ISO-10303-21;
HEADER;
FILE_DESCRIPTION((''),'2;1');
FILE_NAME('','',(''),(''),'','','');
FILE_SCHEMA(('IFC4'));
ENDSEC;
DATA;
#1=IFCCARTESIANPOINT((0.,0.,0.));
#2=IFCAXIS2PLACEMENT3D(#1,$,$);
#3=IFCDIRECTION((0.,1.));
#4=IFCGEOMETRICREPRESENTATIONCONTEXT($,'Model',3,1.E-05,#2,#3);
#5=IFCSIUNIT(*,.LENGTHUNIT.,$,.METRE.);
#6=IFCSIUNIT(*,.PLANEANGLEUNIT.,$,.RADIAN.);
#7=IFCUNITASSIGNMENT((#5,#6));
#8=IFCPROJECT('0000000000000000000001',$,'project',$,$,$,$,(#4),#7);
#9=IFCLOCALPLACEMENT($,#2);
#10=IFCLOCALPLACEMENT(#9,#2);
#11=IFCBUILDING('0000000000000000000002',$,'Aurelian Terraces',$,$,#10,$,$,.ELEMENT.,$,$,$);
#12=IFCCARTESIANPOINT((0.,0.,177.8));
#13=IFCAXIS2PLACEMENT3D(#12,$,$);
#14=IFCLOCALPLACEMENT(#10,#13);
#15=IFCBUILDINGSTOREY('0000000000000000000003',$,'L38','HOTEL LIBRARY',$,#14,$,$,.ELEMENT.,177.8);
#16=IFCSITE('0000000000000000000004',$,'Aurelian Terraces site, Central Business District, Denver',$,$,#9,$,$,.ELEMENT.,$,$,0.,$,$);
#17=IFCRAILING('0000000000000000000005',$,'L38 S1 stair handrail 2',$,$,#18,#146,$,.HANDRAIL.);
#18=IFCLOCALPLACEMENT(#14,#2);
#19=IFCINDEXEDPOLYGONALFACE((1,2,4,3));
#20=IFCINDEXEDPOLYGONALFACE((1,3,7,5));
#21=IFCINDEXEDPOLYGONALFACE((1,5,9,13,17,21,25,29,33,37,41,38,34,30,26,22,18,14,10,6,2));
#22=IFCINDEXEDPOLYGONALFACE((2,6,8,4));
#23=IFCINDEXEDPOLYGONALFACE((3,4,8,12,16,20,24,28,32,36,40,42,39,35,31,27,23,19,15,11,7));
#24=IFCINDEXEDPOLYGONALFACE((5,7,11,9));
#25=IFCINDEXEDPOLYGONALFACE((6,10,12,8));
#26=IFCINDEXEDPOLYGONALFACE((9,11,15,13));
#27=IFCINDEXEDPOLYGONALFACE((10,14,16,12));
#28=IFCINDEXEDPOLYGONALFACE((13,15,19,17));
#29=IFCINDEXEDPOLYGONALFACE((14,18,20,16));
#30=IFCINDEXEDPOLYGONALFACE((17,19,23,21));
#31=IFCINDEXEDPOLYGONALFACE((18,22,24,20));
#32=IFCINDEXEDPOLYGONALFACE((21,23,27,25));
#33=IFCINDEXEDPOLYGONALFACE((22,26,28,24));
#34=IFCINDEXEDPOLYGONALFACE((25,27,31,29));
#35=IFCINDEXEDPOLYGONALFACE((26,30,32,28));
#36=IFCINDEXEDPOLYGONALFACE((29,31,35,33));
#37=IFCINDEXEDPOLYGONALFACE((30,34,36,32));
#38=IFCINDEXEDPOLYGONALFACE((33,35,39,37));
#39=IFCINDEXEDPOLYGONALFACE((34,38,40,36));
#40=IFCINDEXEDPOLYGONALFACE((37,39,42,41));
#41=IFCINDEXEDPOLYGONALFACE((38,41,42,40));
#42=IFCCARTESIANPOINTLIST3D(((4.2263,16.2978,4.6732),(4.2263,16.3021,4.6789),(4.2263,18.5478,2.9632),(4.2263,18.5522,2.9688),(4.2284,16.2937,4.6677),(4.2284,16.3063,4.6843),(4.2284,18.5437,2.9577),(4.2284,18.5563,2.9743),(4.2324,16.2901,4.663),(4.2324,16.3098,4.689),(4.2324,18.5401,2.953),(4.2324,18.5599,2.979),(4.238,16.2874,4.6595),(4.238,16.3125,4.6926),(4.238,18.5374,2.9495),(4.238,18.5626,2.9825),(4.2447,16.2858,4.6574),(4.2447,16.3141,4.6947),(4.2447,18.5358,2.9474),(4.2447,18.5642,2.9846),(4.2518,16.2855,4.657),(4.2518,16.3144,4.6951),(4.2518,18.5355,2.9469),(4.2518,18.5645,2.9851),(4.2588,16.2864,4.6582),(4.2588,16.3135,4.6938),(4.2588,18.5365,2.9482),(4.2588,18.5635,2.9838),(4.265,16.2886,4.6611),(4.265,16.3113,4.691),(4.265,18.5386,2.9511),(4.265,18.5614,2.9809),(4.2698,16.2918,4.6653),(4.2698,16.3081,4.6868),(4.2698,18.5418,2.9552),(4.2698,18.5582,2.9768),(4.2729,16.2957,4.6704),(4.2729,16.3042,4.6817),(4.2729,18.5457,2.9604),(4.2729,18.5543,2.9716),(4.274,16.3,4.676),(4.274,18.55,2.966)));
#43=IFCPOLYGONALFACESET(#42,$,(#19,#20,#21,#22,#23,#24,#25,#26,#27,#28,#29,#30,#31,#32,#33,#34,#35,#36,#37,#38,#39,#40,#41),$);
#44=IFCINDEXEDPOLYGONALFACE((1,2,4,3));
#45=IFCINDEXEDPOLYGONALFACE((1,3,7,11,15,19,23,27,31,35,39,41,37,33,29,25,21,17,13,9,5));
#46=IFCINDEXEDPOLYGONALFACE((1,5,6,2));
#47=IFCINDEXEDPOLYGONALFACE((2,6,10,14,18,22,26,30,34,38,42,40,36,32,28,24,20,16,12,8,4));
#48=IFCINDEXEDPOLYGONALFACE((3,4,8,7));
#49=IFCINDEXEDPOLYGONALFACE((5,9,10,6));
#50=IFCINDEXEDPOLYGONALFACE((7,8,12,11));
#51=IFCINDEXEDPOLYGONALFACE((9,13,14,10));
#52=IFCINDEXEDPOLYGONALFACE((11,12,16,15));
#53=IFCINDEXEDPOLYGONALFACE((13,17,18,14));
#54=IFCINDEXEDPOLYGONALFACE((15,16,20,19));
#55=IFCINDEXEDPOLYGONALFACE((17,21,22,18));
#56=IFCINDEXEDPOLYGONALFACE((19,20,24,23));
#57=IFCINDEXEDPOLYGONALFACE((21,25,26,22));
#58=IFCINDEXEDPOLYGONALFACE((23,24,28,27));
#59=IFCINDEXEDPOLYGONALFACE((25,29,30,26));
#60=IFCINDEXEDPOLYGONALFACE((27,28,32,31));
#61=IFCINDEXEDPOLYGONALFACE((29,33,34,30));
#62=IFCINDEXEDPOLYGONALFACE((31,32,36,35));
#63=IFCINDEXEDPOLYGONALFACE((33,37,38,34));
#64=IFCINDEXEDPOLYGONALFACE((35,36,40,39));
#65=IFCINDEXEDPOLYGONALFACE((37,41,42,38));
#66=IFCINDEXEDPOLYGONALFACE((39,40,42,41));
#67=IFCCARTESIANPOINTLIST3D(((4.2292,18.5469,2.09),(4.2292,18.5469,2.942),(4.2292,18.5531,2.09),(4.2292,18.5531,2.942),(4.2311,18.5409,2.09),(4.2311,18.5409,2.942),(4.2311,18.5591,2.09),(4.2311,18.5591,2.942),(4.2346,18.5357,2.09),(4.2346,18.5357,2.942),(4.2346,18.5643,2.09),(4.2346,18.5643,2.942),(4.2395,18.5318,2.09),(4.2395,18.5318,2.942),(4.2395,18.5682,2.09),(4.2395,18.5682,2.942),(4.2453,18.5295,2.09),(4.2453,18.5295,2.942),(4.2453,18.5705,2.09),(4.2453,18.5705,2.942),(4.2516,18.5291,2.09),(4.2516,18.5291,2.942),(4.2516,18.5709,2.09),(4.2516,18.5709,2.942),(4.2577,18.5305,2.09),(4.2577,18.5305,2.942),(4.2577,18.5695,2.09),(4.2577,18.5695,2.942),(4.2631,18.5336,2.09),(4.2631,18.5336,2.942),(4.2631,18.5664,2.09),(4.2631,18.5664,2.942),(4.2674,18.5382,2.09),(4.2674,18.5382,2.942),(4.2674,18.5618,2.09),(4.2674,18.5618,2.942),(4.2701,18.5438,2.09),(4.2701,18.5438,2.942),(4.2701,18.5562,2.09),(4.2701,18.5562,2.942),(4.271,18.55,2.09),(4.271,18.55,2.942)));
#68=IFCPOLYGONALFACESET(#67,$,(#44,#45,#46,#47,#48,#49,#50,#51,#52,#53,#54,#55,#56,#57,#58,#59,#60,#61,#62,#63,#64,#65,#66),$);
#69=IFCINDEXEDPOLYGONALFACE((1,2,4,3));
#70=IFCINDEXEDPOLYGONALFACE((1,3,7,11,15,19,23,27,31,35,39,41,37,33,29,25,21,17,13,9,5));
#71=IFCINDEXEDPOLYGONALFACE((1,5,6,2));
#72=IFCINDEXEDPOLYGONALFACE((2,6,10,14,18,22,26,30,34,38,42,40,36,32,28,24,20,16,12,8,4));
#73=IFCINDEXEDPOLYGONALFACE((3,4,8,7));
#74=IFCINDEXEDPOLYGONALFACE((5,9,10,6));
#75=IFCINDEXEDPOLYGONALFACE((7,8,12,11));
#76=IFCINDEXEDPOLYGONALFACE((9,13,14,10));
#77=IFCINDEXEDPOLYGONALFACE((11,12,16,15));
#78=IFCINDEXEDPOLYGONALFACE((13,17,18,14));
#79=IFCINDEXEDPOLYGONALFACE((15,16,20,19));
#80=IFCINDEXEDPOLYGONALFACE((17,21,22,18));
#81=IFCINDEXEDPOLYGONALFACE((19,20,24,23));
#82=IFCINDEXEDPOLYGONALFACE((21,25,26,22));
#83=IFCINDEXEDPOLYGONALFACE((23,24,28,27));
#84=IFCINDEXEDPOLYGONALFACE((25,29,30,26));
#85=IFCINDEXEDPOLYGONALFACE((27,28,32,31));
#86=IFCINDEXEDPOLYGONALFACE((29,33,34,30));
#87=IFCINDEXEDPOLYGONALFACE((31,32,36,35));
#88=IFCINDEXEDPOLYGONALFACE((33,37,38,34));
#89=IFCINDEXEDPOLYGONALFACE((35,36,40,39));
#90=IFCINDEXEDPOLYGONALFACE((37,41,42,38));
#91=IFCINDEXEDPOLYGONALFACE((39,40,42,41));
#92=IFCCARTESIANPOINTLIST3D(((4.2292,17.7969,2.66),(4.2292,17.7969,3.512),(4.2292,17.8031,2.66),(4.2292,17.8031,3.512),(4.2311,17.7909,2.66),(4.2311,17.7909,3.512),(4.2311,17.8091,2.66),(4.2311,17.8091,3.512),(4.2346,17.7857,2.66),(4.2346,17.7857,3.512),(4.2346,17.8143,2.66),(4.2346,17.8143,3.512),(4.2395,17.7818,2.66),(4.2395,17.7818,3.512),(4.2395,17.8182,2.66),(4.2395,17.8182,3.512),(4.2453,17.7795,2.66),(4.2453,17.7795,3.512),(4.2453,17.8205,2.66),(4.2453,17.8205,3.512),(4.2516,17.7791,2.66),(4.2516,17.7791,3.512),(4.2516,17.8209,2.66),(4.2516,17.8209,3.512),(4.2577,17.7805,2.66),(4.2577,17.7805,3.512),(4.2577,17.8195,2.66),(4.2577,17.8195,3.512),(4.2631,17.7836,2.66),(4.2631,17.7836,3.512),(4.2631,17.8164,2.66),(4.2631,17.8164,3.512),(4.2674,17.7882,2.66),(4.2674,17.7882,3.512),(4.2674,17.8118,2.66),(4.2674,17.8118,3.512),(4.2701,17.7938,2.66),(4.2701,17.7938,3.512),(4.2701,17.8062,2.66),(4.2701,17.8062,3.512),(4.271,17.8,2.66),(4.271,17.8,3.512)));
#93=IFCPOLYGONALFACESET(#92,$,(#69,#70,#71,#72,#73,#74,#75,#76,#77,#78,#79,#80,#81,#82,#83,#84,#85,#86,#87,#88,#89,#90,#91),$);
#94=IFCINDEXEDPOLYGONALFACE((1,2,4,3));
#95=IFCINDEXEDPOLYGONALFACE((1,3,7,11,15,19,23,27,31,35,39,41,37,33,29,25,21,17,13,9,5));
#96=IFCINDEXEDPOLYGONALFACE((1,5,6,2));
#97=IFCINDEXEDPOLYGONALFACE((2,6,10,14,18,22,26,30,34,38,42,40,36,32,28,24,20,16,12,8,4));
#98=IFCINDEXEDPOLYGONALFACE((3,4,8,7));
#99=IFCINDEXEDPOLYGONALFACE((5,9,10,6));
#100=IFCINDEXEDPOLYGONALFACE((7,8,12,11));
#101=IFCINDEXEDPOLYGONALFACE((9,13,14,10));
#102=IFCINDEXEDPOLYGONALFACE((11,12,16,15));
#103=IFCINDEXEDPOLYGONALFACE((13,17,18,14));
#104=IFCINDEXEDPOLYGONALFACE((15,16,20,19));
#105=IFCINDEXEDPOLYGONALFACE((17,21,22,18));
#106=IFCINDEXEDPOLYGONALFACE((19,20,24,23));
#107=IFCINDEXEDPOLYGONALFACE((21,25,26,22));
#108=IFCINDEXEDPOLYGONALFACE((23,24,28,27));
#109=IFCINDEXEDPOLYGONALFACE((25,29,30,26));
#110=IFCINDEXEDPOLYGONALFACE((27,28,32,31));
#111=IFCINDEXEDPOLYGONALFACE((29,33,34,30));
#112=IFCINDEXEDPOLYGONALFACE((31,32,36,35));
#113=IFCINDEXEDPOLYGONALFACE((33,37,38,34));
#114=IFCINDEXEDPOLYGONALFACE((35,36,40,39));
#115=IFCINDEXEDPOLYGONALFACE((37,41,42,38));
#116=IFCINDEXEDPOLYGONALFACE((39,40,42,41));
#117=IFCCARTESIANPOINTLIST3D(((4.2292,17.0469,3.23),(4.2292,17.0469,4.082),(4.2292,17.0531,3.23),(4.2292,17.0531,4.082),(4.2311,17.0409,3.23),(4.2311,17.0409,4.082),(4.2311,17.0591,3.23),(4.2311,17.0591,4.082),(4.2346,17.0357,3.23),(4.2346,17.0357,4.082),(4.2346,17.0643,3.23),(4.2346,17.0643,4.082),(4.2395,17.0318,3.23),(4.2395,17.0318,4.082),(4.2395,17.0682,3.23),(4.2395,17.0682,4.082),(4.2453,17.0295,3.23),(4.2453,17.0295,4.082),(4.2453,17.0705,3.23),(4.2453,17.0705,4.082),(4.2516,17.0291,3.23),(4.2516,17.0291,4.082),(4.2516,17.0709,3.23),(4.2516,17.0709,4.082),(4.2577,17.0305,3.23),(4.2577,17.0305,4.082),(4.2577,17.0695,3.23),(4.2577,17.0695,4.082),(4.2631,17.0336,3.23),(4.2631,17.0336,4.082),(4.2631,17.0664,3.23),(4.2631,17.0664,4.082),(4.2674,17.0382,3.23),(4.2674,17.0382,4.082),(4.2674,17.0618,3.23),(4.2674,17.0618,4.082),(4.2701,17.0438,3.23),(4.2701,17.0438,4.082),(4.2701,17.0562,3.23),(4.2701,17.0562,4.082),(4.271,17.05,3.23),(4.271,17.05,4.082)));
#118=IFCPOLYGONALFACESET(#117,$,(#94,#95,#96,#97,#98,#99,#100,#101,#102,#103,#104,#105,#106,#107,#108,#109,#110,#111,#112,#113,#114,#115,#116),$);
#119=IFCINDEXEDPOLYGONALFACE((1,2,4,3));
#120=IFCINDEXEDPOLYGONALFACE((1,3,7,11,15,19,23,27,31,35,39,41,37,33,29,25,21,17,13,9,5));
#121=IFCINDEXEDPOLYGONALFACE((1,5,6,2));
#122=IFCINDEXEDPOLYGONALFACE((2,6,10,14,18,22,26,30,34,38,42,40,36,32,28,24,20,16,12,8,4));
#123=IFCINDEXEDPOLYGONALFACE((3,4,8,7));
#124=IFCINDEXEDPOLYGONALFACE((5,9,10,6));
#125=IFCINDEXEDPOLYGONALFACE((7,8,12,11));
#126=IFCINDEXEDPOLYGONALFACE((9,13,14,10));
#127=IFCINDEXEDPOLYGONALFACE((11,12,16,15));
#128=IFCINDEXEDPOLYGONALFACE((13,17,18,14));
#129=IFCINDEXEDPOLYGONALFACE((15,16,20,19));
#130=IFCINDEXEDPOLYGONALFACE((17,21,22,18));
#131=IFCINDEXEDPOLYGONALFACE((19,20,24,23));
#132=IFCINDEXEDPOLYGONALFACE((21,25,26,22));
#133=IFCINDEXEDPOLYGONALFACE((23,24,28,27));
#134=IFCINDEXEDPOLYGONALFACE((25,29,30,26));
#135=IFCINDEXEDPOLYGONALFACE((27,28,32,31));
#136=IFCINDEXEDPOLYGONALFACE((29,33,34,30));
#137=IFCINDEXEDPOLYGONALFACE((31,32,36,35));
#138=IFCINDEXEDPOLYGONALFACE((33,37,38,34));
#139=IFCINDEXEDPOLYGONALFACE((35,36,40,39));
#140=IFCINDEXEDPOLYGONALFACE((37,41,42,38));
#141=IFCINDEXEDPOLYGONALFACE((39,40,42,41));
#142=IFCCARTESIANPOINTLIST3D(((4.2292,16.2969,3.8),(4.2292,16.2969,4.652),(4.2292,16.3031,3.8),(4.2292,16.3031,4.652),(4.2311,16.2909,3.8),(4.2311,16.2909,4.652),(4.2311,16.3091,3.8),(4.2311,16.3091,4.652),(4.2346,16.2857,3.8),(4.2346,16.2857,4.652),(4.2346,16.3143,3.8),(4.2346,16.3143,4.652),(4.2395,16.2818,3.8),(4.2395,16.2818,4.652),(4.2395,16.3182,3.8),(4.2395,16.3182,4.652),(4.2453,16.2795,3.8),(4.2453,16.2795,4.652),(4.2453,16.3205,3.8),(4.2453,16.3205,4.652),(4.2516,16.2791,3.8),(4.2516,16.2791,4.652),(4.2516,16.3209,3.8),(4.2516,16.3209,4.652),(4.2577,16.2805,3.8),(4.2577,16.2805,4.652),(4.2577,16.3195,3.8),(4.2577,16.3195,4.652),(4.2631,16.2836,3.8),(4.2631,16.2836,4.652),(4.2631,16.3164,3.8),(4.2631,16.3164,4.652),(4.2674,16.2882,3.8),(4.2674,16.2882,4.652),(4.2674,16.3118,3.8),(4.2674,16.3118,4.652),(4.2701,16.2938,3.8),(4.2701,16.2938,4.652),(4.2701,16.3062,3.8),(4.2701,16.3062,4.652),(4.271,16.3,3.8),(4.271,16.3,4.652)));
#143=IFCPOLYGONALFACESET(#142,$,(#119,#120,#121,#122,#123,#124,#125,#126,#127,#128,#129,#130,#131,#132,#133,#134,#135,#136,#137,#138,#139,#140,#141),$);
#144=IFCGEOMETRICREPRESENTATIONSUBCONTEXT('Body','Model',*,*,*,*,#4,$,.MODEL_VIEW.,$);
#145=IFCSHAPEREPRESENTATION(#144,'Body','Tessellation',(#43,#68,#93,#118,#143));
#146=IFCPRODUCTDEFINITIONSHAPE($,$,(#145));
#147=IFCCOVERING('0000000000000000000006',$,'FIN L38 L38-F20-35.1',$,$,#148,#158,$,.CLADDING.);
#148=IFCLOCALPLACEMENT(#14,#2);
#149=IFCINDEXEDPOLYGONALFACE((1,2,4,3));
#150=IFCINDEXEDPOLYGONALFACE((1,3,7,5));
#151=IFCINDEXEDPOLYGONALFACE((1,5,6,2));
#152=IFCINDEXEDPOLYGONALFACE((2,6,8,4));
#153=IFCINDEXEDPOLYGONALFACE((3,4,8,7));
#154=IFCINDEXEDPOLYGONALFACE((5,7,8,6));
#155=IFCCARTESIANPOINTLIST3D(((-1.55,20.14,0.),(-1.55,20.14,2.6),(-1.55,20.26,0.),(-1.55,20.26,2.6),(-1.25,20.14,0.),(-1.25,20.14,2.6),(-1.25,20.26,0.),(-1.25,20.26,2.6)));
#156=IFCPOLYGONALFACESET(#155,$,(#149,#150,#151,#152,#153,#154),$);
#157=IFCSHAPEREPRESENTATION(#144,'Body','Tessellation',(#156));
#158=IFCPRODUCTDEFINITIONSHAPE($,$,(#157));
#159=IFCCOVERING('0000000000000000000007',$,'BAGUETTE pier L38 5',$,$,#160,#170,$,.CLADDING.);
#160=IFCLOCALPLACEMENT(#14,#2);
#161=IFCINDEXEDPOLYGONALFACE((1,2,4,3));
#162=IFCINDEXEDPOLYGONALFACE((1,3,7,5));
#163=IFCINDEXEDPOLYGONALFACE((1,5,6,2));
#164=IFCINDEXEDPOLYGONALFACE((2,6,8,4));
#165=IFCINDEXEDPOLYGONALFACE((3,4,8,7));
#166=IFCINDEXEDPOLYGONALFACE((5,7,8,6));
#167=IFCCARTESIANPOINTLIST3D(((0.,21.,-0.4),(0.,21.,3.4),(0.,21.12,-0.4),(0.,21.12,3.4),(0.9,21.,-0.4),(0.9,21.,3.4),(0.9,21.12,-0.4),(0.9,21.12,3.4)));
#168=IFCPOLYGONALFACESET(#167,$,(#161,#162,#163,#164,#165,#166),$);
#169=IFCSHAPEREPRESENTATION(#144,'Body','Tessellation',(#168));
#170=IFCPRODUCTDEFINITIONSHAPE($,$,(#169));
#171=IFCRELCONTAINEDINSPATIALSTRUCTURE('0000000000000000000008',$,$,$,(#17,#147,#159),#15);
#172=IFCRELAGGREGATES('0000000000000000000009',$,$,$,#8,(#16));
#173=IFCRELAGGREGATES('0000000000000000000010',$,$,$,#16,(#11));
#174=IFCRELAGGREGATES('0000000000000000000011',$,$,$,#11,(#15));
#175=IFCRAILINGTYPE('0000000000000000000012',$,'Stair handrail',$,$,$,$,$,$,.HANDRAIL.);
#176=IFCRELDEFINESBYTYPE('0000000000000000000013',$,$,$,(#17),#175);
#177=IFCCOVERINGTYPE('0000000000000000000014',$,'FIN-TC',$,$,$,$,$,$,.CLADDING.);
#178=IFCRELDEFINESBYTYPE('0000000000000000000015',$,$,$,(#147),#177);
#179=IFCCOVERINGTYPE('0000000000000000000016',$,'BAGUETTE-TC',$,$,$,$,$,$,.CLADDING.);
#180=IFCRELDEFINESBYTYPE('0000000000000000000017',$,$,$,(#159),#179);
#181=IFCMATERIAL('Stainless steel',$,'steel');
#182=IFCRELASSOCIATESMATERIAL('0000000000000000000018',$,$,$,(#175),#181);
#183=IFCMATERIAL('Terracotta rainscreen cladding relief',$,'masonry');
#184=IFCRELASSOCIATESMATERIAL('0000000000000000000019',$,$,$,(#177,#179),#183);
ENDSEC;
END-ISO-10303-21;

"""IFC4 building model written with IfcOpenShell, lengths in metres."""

from ifc_helpers import new_model, si_unit, direction, frame, origin, origin_2d, place, context, subcontext, project, spatial, rectangle, circle, extrude, source, transform, mapped, material, type_object, element, save


model = new_model("IFC4")

# Units and contexts
model_context = context("Model", 3, precision=1e-05, world=origin(), true_north=direction((0.0, 1.0)))
body_context = subcontext(model_context, "Body", "Model", "MODEL_VIEW")
ifc_project = project(units=[si_unit("LENGTHUNIT", "METRE"), si_unit("PLANEANGLEUNIT", "RADIAN")], contexts=[model_context])

# Site, building, storey
site_placement = place(None, origin())
site = spatial("IfcSite", under=ifc_project, at=site_placement, Name="Aurelian Terraces site, Central Business District, Denver", CompositionType="ELEMENT", RefElevation=0.0)
building_placement = place(site_placement, origin())
building = spatial("IfcBuilding", under=site, at=building_placement, Name="Aurelian Terraces", CompositionType="ELEMENT")
storey_placement = place(building_placement, frame((0.0, 0.0, 177.8)))
storey = spatial("IfcBuildingStorey", under=building, at=storey_placement, Name="L38", Description="HOTEL LIBRARY", CompositionType="ELEMENT", Elevation=177.8)

# Railing
ifc_material_1 = material(Name="Stainless steel", Category="steel")
railing_type_1 = type_object("IfcRailingType", Name="Stair handrail", PredefinedType="HANDRAIL", material=ifc_material_1)
railing_1_placement = place(storey_placement, frame((4.25, 18.55, 2.09)))
element("IfcRailing", 1, at=railing_1_placement, inside=storey, type_object=railing_type_1, Name="L38 S1 stair handrail 2", PredefinedType="HANDRAIL", context=body_context, shape_type="SweptSolid", body=[
    extrude(circle(Radius=0.024, at=origin_2d()), frame((0.0, 0.0, 0.876), z_axis=(0.0, -0.796162, 0.605083), x_axis=(1.0, 0.0, 0.0)), (0.0, 0.0, 1.0), 2.8261),
    extrude(circle(Radius=0.021, at=origin_2d()), origin(), (0.0, 0.0, 1.0), 0.852),
    extrude(circle(Radius=0.021, at=origin_2d()), frame((0.0, -0.75, 0.57)), (0.0, 0.0, 1.0), 0.852),
    extrude(circle(Radius=0.021, at=origin_2d()), frame((0.0, -1.5, 1.14)), (0.0, 0.0, 1.0), 0.852),
    extrude(circle(Radius=0.021, at=origin_2d()), frame((0.0, -2.25, 1.71)), (0.0, 0.0, 1.0), 0.852),
])

# Coverings
ifc_material_2 = material(Name="Terracotta rainscreen cladding relief", Category="masonry")
covering_type_1 = type_object("IfcCoveringType", Name="FIN-TC", PredefinedType="CLADDING", material=ifc_material_2)
shared_shape_1 = source(origin(), body_context, "Body", "SweptSolid", [
    extrude(rectangle(XDim=0.3, YDim=0.12, at=origin_2d()), origin(), (0.0, 0.0, 1.0), 2.6),
])
covering_1_placement = place(storey_placement, frame((-1.4, 20.2, 0.0), z_axis=(0.0, 0.0, 1.0), x_axis=(1.0, 0.0, 0.0)))
element("IfcCovering", 2, at=covering_1_placement, inside=storey, type_object=covering_type_1, Name="FIN L38 L38-F20-35.1", PredefinedType="CLADDING", context=body_context, shape_type="MappedRepresentation", body=[
    mapped(shared_shape_1, transform((0.0, 0.0, 0.0), scale=1.0)),
])
covering_type_2 = type_object("IfcCoveringType", Name="BAGUETTE-TC", PredefinedType="CLADDING", material=ifc_material_2)
shared_shape_2 = source(origin(), body_context, "Body", "SweptSolid", [
    extrude(rectangle(XDim=0.9, YDim=0.12, at=origin_2d()), origin(), (0.0, 0.0, 1.0), 3.8),
])
covering_2_placement = place(storey_placement, frame((0.45, 21.06, -0.4), z_axis=(0.0, 0.0, 1.0), x_axis=(1.0, 0.0, 0.0)))
element("IfcCovering", 3, at=covering_2_placement, inside=storey, type_object=covering_type_2, Name="BAGUETTE pier L38 5", PredefinedType="CLADDING", context=body_context, shape_type="MappedRepresentation", body=[
    mapped(shared_shape_2, transform((0.0, 0.0, 0.0), scale=1.0)),
])

save(model, "model.ifc")
